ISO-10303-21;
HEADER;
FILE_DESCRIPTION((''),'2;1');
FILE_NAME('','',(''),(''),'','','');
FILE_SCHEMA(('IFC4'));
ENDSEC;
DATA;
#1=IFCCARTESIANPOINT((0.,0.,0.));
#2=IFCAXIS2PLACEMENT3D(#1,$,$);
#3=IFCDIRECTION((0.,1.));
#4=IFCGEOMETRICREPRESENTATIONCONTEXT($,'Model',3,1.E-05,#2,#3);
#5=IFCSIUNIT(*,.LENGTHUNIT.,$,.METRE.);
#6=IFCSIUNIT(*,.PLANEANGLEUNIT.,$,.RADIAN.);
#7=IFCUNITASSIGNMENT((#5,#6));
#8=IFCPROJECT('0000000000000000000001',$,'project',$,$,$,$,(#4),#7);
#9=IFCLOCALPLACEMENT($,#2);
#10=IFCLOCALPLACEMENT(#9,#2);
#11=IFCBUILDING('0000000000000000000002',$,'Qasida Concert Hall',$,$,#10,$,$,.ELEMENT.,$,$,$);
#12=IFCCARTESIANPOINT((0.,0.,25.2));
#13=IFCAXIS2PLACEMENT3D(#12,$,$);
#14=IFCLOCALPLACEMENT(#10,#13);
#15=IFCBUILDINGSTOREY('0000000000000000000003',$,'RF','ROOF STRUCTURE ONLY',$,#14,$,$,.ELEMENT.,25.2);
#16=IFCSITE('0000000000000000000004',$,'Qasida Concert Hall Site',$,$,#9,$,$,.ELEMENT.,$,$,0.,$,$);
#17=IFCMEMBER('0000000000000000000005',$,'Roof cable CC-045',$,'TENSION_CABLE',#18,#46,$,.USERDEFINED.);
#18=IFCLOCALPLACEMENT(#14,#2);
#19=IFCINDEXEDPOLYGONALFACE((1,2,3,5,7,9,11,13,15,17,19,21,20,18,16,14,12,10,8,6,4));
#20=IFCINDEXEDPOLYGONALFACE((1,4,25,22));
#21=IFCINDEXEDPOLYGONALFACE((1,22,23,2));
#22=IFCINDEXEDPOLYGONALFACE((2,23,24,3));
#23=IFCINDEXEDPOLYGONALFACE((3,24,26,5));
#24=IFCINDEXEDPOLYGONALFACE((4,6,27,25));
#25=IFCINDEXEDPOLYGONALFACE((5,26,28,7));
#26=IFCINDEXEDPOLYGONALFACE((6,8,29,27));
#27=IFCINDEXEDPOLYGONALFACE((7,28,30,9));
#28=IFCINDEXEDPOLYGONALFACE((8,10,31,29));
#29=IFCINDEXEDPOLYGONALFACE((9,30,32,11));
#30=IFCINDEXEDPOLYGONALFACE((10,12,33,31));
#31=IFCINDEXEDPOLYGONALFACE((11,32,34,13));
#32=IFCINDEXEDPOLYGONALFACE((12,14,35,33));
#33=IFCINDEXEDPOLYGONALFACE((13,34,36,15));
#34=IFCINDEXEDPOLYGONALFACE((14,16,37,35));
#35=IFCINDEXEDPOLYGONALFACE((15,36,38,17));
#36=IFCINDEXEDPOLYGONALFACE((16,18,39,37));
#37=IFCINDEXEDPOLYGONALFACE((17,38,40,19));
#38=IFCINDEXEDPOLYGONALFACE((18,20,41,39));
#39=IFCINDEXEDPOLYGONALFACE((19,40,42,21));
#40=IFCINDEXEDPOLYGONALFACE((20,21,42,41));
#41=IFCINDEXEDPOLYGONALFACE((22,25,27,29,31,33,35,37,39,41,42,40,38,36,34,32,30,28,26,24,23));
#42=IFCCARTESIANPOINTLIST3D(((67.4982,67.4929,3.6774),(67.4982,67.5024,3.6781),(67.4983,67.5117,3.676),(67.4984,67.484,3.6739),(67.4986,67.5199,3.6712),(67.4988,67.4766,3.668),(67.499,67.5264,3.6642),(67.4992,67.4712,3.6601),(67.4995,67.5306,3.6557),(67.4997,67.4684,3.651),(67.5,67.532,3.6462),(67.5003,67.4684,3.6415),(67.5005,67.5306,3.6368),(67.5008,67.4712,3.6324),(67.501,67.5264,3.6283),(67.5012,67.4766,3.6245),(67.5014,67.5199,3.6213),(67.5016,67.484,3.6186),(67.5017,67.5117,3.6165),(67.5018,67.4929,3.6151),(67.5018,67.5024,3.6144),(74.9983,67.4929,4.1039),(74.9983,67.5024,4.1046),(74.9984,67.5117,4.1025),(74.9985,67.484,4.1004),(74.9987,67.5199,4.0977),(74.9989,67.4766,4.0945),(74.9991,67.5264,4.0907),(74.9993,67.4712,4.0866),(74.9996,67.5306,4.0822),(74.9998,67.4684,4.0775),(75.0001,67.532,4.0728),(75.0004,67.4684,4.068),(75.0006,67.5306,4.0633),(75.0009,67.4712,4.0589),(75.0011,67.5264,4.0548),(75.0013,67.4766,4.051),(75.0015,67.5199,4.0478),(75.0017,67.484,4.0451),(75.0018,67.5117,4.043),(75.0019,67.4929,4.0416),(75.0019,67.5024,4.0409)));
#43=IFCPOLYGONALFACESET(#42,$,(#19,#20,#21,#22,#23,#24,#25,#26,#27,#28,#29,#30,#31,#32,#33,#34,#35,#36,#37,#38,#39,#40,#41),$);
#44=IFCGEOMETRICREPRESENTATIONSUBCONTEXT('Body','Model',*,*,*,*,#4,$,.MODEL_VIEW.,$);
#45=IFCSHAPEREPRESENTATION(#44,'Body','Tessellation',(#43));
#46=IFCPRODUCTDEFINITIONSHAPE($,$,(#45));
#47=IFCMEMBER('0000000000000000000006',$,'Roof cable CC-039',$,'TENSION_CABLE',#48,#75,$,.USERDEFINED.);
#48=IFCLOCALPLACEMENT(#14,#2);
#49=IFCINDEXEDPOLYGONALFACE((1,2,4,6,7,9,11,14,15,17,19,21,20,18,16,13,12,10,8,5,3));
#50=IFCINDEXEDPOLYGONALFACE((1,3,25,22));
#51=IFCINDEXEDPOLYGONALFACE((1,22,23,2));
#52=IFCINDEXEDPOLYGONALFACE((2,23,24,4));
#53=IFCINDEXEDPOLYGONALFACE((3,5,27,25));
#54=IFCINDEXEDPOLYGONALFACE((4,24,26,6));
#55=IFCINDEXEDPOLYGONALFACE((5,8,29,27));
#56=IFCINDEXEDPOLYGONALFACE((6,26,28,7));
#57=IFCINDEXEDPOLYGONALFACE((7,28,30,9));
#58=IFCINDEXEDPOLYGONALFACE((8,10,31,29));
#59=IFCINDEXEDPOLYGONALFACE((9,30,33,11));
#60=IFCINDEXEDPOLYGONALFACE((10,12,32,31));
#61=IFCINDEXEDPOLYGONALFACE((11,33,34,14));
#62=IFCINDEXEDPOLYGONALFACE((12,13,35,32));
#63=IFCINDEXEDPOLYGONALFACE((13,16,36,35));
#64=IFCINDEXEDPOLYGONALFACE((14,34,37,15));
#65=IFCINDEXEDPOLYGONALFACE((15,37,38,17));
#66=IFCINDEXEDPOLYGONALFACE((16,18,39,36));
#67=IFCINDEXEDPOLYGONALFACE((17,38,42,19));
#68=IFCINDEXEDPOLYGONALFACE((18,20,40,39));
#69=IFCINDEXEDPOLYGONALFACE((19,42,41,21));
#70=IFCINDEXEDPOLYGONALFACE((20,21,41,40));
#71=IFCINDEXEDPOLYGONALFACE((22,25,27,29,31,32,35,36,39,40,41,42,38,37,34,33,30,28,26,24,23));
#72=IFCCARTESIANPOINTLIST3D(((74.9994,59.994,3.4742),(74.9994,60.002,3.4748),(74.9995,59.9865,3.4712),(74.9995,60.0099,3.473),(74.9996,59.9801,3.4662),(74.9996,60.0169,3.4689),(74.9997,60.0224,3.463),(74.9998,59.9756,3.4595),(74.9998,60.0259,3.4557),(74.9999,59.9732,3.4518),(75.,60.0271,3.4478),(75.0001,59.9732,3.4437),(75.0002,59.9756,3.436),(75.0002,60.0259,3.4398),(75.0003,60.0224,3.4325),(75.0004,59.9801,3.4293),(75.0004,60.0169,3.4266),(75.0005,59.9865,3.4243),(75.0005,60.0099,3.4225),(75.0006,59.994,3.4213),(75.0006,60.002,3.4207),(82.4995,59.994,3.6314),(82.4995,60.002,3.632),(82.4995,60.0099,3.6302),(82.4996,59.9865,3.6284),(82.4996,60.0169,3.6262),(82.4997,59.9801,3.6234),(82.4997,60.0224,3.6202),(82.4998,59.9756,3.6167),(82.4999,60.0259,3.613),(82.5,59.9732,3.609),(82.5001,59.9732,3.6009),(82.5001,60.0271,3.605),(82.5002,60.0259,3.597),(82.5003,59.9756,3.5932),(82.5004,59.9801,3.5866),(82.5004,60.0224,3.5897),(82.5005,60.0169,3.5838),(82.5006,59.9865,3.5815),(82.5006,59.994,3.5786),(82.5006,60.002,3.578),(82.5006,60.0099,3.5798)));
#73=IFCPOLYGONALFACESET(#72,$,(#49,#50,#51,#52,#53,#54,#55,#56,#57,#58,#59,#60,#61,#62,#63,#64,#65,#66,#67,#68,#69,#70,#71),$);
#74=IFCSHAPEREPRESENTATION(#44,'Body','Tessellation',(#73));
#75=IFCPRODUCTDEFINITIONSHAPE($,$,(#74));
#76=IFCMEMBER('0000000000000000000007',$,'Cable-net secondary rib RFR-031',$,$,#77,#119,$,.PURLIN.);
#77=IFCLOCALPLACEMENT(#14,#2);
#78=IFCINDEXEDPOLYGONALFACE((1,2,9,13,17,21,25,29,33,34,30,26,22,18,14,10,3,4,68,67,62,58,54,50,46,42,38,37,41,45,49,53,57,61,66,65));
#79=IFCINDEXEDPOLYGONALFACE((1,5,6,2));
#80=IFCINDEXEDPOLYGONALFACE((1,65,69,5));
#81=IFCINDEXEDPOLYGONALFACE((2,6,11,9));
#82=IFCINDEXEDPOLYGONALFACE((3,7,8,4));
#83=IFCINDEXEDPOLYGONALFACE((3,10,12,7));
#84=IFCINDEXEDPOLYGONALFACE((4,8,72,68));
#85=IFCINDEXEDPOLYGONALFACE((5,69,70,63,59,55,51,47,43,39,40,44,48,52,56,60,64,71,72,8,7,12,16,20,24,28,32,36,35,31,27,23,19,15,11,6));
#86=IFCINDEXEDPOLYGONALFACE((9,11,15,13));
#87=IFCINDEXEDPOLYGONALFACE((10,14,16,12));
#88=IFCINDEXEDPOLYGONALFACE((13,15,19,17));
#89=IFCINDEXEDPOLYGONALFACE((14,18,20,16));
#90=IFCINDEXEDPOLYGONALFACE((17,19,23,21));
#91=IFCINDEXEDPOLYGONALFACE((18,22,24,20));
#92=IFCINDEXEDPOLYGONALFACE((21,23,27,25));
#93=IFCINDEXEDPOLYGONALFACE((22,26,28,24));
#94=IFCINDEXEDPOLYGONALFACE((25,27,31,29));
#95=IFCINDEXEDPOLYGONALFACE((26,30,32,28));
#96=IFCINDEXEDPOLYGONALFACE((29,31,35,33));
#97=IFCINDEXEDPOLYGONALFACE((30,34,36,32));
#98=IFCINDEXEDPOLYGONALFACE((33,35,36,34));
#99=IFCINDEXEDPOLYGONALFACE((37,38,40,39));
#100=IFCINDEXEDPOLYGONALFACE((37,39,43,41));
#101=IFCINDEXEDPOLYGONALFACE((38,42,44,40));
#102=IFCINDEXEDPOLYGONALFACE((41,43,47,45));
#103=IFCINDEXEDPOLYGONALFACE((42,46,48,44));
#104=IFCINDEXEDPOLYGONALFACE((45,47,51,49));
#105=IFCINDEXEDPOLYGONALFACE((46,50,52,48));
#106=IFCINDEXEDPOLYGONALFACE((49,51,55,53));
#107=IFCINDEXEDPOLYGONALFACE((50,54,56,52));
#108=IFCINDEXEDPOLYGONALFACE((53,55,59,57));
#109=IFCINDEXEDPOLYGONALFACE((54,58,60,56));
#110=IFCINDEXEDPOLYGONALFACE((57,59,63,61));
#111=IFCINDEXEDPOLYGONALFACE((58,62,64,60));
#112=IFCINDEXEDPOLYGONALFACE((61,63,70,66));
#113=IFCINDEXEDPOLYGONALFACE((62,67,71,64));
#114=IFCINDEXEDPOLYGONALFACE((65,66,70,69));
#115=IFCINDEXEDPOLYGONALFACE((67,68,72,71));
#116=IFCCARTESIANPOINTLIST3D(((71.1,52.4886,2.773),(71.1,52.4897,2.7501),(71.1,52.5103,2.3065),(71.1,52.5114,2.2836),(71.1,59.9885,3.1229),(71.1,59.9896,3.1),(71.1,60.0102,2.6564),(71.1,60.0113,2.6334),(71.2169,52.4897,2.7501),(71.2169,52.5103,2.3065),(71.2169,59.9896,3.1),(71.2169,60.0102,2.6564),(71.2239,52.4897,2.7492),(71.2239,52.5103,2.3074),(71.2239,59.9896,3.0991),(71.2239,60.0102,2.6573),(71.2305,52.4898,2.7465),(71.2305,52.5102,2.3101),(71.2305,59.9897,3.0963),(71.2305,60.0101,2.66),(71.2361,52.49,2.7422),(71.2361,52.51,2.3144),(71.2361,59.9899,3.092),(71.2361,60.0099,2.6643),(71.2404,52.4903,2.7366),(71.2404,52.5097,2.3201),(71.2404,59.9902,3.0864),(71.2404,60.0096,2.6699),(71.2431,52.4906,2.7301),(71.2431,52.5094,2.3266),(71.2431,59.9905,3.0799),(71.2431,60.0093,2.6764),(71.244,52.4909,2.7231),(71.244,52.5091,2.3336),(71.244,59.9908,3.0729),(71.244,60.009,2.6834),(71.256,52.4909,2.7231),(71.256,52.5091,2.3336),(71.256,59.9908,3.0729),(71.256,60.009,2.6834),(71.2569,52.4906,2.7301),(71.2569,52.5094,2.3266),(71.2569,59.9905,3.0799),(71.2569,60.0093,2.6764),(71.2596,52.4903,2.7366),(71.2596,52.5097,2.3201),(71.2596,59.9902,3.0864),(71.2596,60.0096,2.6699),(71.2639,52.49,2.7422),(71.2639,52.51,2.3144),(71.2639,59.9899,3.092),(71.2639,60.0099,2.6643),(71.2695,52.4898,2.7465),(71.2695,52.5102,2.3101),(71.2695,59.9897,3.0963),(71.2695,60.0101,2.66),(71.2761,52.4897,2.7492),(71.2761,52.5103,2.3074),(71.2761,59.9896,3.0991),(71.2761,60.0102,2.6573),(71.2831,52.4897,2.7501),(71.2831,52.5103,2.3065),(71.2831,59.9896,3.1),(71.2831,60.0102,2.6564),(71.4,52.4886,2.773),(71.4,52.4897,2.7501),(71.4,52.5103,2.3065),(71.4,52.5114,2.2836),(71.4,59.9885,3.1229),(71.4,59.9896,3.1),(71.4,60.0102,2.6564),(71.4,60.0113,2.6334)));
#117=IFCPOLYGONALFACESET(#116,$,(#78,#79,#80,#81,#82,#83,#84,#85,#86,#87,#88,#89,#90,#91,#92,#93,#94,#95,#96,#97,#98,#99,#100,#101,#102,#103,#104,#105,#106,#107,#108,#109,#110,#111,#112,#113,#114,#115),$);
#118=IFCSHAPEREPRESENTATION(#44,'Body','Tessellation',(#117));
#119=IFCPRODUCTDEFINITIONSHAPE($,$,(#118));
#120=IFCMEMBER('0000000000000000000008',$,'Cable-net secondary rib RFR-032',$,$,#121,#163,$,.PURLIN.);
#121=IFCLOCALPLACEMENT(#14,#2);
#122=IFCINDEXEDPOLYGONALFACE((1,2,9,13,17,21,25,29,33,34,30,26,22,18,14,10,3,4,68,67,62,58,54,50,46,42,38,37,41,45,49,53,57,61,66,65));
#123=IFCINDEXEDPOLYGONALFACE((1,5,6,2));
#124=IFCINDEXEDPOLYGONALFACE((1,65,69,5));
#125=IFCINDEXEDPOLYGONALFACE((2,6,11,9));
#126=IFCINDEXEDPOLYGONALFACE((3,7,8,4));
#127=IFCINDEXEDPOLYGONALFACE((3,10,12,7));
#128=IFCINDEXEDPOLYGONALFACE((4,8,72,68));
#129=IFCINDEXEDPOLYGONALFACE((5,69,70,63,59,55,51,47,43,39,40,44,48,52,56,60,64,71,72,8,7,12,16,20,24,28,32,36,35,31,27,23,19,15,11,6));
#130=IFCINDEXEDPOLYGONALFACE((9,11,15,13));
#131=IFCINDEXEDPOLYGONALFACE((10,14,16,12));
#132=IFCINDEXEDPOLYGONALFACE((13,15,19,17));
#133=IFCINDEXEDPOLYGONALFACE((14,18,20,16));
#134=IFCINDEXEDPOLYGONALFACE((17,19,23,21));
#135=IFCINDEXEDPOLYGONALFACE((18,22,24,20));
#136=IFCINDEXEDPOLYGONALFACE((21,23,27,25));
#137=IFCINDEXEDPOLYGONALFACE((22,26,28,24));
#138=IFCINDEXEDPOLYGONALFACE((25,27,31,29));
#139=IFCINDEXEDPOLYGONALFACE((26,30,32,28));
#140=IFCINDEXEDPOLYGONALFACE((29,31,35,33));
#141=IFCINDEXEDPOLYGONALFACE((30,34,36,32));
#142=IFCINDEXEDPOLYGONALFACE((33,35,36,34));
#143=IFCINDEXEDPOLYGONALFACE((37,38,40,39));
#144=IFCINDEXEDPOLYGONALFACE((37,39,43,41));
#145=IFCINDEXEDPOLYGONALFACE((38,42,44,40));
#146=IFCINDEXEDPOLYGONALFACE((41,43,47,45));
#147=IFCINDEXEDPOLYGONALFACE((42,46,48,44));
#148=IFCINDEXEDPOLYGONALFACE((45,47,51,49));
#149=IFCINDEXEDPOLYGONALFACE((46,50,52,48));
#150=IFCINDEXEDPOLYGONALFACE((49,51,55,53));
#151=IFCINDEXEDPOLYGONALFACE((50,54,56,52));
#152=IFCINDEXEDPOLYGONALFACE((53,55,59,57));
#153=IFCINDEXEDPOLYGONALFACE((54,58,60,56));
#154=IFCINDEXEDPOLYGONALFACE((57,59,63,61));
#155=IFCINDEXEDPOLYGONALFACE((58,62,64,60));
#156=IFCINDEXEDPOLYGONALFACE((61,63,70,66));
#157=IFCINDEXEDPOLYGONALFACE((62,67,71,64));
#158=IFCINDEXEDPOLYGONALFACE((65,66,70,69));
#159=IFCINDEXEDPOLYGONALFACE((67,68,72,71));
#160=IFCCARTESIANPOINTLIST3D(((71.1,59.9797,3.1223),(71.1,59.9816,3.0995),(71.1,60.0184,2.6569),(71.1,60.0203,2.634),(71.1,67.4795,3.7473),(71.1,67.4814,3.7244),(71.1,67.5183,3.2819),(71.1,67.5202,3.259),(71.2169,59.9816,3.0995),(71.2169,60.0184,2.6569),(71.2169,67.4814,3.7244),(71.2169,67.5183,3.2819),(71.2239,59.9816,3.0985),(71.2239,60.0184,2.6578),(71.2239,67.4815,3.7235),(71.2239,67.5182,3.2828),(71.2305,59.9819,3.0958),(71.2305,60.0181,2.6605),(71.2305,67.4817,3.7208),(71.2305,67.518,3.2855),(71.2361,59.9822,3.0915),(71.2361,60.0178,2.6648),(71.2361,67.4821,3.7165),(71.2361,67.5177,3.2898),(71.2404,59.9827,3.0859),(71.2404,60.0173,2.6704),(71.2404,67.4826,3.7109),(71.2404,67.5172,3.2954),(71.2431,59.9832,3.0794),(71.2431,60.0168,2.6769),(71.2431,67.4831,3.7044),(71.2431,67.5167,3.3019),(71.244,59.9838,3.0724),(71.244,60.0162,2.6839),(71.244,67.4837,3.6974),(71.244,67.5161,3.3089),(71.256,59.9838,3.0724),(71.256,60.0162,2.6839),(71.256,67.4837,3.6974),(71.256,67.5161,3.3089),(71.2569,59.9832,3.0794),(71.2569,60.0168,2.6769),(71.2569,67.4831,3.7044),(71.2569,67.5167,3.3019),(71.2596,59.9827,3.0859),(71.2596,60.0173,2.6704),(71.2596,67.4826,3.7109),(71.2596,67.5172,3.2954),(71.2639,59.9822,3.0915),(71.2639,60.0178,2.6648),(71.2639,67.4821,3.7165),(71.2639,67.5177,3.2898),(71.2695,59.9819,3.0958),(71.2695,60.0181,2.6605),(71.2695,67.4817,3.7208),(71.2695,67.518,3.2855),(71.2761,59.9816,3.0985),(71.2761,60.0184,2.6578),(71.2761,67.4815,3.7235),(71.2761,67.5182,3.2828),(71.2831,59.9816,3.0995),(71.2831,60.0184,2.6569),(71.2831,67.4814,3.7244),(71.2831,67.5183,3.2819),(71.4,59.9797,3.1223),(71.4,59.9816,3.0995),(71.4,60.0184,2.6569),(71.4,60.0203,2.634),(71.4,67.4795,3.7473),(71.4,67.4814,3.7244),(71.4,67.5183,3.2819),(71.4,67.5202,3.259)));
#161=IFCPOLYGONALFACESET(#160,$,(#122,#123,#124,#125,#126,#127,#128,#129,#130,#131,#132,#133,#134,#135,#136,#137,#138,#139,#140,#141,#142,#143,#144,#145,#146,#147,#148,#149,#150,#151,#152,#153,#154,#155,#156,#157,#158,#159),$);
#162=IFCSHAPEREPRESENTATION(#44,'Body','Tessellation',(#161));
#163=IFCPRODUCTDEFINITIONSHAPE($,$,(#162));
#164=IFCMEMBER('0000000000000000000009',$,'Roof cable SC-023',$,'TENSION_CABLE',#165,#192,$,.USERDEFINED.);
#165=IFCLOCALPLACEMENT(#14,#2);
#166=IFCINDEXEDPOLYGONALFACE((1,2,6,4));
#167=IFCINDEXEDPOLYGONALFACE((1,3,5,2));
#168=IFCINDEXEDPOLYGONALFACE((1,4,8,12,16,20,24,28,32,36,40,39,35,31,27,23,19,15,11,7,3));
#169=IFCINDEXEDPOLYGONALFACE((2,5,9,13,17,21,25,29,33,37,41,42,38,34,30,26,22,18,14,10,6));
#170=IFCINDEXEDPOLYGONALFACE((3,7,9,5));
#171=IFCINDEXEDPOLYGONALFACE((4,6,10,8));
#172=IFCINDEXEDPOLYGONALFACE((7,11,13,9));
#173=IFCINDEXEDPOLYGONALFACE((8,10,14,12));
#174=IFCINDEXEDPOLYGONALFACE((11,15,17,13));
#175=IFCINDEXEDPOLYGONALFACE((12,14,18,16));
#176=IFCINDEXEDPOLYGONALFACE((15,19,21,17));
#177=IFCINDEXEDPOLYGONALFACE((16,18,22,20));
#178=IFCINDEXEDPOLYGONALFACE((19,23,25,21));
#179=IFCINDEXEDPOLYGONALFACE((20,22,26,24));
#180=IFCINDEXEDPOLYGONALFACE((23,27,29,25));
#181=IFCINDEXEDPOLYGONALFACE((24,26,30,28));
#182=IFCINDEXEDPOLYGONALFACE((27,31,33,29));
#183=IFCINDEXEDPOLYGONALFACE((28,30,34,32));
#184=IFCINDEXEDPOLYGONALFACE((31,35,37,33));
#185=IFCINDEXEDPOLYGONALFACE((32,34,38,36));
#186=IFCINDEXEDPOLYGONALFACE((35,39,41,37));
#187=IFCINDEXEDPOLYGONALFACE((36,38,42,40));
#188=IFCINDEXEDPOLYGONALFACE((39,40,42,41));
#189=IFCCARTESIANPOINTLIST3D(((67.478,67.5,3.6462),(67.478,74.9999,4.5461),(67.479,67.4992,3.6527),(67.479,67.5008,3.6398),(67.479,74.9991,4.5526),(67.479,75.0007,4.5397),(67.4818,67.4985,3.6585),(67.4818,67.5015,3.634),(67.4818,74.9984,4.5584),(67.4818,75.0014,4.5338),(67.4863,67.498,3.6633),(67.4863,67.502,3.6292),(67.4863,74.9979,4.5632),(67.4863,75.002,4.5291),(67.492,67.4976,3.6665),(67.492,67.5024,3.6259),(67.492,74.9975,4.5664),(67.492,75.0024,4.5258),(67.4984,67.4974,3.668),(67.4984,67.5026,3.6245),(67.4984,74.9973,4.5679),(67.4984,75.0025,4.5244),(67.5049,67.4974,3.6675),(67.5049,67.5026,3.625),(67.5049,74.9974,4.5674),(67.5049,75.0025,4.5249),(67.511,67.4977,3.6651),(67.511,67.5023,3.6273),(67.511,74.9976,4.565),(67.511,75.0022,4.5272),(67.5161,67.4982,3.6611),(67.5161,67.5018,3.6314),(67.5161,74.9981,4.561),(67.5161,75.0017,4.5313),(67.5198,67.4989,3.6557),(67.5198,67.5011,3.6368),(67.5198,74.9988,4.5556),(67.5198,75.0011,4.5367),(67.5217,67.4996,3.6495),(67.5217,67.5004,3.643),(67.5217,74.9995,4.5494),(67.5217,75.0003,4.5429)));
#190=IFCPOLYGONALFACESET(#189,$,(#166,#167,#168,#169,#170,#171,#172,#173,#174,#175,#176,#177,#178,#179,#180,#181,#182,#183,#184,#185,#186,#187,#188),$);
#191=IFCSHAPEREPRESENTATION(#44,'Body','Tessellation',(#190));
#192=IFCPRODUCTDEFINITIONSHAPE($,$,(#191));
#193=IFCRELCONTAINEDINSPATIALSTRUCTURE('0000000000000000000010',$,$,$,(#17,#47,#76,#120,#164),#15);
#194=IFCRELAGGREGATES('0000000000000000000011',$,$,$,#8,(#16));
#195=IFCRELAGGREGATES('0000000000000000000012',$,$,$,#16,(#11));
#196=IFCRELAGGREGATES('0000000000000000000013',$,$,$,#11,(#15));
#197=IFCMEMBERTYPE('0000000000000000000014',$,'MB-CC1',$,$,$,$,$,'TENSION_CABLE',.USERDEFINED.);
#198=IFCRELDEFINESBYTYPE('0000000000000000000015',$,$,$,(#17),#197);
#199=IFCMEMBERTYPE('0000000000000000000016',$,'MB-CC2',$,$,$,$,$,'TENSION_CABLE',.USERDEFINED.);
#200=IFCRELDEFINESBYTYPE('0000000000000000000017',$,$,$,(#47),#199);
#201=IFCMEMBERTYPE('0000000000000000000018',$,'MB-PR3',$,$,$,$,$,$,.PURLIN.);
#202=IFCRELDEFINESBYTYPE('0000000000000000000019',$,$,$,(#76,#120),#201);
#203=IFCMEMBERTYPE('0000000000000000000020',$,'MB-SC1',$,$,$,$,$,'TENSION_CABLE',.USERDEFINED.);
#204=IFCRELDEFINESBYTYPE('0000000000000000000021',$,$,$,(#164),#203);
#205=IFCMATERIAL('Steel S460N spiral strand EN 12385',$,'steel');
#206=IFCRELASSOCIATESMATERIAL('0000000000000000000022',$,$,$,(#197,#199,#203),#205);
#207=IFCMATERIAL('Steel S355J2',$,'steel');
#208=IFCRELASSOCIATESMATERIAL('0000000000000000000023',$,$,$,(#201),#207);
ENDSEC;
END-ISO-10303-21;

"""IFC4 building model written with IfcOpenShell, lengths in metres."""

from ifc_helpers import new_model, si_unit, direction, frame, origin, origin_2d, place, context, subcontext, project, spatial, circle, i_section, extrude, material, material_profile, profile_set, type_object, element, save


model = new_model("IFC4")

# Units and contexts
model_context = context("Model", 3, precision=1e-05, world=origin(), true_north=direction((0.0, 1.0)))
body_context = subcontext(model_context, "Body", "Model", "MODEL_VIEW")
ifc_project = project(units=[si_unit("LENGTHUNIT", "METRE"), si_unit("PLANEANGLEUNIT", "RADIAN")], contexts=[model_context])

# Site, building, storey
site_placement = place(None, origin())
site = spatial("IfcSite", under=ifc_project, at=site_placement, Name="Qasida Concert Hall Site", CompositionType="ELEMENT", RefElevation=0.0)
building_placement = place(site_placement, origin())
building = spatial("IfcBuilding", under=site, at=building_placement, Name="Qasida Concert Hall", CompositionType="ELEMENT")
storey_placement = place(building_placement, frame((0.0, 0.0, 25.2)))
storey = spatial("IfcBuildingStorey", under=building, at=storey_placement, Name="RF", Description="ROOF STRUCTURE ONLY", CompositionType="ELEMENT", Elevation=25.2)

# Members
ifc_material_1 = material(Name="Steel S460N spiral strand EN 12385", Category="steel")
ifc_material_profile_1 = material_profile(ifc_material_1, circle(Radius=0.032, at=origin_2d()), Name="STRAND D64")
ifc_profile_set_1 = profile_set([ifc_material_profile_1], Name="Steel S460N spiral strand EN 12385")
member_type_1 = type_object("IfcMemberType", Name="MB-CC1", ElementType="TENSION_CABLE", PredefinedType="USERDEFINED", material=ifc_profile_set_1)
member_1_placement = place(storey_placement, frame((67.5, 67.5, 3.6462), z_axis=(0.998387, 0.0, 0.056777), x_axis=(0.0, 1.0, 0.0)))
element("IfcMember", 1, at=member_1_placement, inside=storey, type_object=member_type_1, Name="Roof cable CC-045", ObjectType="TENSION_CABLE", PredefinedType="USERDEFINED", context=body_context, shape_type="SweptSolid", body=[
    extrude(circle(Radius=0.032, at=origin_2d()), origin(), (0.0, 0.0, 1.0), 7.5122),
])
ifc_material_profile_2 = material_profile(ifc_material_1, circle(Radius=0.0271, at=origin_2d()), Name="STRAND D54")
ifc_profile_set_2 = profile_set([ifc_material_profile_2], Name="Steel S460N spiral strand EN 12385")
member_type_2 = type_object("IfcMemberType", Name="MB-CC2", ElementType="TENSION_CABLE", PredefinedType="USERDEFINED", material=ifc_profile_set_2)
member_2_placement = place(storey_placement, frame((75.0, 60.0, 3.4478), z_axis=(0.99978, 0.0, 0.020959), x_axis=(0.0, 1.0, 0.0)))
element("IfcMember", 2, at=member_2_placement, inside=storey, type_object=member_type_2, Name="Roof cable CC-039", ObjectType="TENSION_CABLE", PredefinedType="USERDEFINED", context=body_context, shape_type="SweptSolid", body=[
    extrude(circle(Radius=0.0271, at=origin_2d()), origin(), (0.0, 0.0, 1.0), 7.5017),
])
ifc_material_2 = material(Name="Steel S355J2", Category="steel")
ifc_material_profile_3 = material_profile(ifc_material_2, i_section(OverallWidth=0.3, OverallDepth=0.49, WebThickness=0.012, FlangeThickness=0.0229, FilletRadius=0.0271, at=origin_2d()), Name="HEA 500")
ifc_profile_set_3 = profile_set([ifc_material_profile_3], Name="Steel S355J2")
member_type_3 = type_object("IfcMemberType", Name="MB-PR3", PredefinedType="PURLIN", material=ifc_profile_set_3)
member_3_placement = place(storey_placement, frame((71.25, 52.5, 2.5283), z_axis=(0.0, 0.998914, 0.046596), x_axis=(-1.0, 0.0, 0.0)))
element("IfcMember", 3, at=member_3_placement, inside=storey, type_object=member_type_3, Name="Cable-net secondary rib RFR-031", PredefinedType="PURLIN", context=body_context, shape_type="SweptSolid", body=[
    extrude(i_section(OverallWidth=0.3, OverallDepth=0.49, WebThickness=0.012, FlangeThickness=0.0229, FilletRadius=0.0271, at=origin_2d()), origin(), (0.0, 0.0, 1.0), 7.5081),
])
member_4_placement = place(storey_placement, frame((71.25, 60.0, 2.8782), z_axis=(0.0, 0.996546, 0.083045), x_axis=(-1.0, 0.0, 0.0)))
element("IfcMember", 4, at=member_4_placement, inside=storey, type_object=member_type_3, Name="Cable-net secondary rib RFR-032", PredefinedType="PURLIN", context=body_context, shape_type="SweptSolid", body=[
    extrude(i_section(OverallWidth=0.3, OverallDepth=0.49, WebThickness=0.012, FlangeThickness=0.0229, FilletRadius=0.0271, at=origin_2d()), origin(), (0.0, 0.0, 1.0), 7.5259),
])
ifc_material_profile_4 = material_profile(ifc_material_1, circle(Radius=0.022, at=origin_2d()), Name="STRAND D44")
ifc_profile_set_4 = profile_set([ifc_material_profile_4], Name="Steel S460N spiral strand EN 12385")
member_type_4 = type_object("IfcMemberType", Name="MB-SC1", ElementType="TENSION_CABLE", PredefinedType="USERDEFINED", material=ifc_profile_set_4)
member_5_placement = place(storey_placement, frame((67.5, 67.5, 3.6462), z_axis=(0.0, 0.992878, 0.119132), x_axis=(-1.0, 0.0, 0.0)))
element("IfcMember", 5, at=member_5_placement, inside=storey, type_object=member_type_4, Name="Roof cable SC-023", ObjectType="TENSION_CABLE", PredefinedType="USERDEFINED", context=body_context, shape_type="SweptSolid", body=[
    extrude(circle(Radius=0.022, at=origin_2d()), origin(), (0.0, 0.0, 1.0), 7.5537),
])

save(model, "model.ifc")
